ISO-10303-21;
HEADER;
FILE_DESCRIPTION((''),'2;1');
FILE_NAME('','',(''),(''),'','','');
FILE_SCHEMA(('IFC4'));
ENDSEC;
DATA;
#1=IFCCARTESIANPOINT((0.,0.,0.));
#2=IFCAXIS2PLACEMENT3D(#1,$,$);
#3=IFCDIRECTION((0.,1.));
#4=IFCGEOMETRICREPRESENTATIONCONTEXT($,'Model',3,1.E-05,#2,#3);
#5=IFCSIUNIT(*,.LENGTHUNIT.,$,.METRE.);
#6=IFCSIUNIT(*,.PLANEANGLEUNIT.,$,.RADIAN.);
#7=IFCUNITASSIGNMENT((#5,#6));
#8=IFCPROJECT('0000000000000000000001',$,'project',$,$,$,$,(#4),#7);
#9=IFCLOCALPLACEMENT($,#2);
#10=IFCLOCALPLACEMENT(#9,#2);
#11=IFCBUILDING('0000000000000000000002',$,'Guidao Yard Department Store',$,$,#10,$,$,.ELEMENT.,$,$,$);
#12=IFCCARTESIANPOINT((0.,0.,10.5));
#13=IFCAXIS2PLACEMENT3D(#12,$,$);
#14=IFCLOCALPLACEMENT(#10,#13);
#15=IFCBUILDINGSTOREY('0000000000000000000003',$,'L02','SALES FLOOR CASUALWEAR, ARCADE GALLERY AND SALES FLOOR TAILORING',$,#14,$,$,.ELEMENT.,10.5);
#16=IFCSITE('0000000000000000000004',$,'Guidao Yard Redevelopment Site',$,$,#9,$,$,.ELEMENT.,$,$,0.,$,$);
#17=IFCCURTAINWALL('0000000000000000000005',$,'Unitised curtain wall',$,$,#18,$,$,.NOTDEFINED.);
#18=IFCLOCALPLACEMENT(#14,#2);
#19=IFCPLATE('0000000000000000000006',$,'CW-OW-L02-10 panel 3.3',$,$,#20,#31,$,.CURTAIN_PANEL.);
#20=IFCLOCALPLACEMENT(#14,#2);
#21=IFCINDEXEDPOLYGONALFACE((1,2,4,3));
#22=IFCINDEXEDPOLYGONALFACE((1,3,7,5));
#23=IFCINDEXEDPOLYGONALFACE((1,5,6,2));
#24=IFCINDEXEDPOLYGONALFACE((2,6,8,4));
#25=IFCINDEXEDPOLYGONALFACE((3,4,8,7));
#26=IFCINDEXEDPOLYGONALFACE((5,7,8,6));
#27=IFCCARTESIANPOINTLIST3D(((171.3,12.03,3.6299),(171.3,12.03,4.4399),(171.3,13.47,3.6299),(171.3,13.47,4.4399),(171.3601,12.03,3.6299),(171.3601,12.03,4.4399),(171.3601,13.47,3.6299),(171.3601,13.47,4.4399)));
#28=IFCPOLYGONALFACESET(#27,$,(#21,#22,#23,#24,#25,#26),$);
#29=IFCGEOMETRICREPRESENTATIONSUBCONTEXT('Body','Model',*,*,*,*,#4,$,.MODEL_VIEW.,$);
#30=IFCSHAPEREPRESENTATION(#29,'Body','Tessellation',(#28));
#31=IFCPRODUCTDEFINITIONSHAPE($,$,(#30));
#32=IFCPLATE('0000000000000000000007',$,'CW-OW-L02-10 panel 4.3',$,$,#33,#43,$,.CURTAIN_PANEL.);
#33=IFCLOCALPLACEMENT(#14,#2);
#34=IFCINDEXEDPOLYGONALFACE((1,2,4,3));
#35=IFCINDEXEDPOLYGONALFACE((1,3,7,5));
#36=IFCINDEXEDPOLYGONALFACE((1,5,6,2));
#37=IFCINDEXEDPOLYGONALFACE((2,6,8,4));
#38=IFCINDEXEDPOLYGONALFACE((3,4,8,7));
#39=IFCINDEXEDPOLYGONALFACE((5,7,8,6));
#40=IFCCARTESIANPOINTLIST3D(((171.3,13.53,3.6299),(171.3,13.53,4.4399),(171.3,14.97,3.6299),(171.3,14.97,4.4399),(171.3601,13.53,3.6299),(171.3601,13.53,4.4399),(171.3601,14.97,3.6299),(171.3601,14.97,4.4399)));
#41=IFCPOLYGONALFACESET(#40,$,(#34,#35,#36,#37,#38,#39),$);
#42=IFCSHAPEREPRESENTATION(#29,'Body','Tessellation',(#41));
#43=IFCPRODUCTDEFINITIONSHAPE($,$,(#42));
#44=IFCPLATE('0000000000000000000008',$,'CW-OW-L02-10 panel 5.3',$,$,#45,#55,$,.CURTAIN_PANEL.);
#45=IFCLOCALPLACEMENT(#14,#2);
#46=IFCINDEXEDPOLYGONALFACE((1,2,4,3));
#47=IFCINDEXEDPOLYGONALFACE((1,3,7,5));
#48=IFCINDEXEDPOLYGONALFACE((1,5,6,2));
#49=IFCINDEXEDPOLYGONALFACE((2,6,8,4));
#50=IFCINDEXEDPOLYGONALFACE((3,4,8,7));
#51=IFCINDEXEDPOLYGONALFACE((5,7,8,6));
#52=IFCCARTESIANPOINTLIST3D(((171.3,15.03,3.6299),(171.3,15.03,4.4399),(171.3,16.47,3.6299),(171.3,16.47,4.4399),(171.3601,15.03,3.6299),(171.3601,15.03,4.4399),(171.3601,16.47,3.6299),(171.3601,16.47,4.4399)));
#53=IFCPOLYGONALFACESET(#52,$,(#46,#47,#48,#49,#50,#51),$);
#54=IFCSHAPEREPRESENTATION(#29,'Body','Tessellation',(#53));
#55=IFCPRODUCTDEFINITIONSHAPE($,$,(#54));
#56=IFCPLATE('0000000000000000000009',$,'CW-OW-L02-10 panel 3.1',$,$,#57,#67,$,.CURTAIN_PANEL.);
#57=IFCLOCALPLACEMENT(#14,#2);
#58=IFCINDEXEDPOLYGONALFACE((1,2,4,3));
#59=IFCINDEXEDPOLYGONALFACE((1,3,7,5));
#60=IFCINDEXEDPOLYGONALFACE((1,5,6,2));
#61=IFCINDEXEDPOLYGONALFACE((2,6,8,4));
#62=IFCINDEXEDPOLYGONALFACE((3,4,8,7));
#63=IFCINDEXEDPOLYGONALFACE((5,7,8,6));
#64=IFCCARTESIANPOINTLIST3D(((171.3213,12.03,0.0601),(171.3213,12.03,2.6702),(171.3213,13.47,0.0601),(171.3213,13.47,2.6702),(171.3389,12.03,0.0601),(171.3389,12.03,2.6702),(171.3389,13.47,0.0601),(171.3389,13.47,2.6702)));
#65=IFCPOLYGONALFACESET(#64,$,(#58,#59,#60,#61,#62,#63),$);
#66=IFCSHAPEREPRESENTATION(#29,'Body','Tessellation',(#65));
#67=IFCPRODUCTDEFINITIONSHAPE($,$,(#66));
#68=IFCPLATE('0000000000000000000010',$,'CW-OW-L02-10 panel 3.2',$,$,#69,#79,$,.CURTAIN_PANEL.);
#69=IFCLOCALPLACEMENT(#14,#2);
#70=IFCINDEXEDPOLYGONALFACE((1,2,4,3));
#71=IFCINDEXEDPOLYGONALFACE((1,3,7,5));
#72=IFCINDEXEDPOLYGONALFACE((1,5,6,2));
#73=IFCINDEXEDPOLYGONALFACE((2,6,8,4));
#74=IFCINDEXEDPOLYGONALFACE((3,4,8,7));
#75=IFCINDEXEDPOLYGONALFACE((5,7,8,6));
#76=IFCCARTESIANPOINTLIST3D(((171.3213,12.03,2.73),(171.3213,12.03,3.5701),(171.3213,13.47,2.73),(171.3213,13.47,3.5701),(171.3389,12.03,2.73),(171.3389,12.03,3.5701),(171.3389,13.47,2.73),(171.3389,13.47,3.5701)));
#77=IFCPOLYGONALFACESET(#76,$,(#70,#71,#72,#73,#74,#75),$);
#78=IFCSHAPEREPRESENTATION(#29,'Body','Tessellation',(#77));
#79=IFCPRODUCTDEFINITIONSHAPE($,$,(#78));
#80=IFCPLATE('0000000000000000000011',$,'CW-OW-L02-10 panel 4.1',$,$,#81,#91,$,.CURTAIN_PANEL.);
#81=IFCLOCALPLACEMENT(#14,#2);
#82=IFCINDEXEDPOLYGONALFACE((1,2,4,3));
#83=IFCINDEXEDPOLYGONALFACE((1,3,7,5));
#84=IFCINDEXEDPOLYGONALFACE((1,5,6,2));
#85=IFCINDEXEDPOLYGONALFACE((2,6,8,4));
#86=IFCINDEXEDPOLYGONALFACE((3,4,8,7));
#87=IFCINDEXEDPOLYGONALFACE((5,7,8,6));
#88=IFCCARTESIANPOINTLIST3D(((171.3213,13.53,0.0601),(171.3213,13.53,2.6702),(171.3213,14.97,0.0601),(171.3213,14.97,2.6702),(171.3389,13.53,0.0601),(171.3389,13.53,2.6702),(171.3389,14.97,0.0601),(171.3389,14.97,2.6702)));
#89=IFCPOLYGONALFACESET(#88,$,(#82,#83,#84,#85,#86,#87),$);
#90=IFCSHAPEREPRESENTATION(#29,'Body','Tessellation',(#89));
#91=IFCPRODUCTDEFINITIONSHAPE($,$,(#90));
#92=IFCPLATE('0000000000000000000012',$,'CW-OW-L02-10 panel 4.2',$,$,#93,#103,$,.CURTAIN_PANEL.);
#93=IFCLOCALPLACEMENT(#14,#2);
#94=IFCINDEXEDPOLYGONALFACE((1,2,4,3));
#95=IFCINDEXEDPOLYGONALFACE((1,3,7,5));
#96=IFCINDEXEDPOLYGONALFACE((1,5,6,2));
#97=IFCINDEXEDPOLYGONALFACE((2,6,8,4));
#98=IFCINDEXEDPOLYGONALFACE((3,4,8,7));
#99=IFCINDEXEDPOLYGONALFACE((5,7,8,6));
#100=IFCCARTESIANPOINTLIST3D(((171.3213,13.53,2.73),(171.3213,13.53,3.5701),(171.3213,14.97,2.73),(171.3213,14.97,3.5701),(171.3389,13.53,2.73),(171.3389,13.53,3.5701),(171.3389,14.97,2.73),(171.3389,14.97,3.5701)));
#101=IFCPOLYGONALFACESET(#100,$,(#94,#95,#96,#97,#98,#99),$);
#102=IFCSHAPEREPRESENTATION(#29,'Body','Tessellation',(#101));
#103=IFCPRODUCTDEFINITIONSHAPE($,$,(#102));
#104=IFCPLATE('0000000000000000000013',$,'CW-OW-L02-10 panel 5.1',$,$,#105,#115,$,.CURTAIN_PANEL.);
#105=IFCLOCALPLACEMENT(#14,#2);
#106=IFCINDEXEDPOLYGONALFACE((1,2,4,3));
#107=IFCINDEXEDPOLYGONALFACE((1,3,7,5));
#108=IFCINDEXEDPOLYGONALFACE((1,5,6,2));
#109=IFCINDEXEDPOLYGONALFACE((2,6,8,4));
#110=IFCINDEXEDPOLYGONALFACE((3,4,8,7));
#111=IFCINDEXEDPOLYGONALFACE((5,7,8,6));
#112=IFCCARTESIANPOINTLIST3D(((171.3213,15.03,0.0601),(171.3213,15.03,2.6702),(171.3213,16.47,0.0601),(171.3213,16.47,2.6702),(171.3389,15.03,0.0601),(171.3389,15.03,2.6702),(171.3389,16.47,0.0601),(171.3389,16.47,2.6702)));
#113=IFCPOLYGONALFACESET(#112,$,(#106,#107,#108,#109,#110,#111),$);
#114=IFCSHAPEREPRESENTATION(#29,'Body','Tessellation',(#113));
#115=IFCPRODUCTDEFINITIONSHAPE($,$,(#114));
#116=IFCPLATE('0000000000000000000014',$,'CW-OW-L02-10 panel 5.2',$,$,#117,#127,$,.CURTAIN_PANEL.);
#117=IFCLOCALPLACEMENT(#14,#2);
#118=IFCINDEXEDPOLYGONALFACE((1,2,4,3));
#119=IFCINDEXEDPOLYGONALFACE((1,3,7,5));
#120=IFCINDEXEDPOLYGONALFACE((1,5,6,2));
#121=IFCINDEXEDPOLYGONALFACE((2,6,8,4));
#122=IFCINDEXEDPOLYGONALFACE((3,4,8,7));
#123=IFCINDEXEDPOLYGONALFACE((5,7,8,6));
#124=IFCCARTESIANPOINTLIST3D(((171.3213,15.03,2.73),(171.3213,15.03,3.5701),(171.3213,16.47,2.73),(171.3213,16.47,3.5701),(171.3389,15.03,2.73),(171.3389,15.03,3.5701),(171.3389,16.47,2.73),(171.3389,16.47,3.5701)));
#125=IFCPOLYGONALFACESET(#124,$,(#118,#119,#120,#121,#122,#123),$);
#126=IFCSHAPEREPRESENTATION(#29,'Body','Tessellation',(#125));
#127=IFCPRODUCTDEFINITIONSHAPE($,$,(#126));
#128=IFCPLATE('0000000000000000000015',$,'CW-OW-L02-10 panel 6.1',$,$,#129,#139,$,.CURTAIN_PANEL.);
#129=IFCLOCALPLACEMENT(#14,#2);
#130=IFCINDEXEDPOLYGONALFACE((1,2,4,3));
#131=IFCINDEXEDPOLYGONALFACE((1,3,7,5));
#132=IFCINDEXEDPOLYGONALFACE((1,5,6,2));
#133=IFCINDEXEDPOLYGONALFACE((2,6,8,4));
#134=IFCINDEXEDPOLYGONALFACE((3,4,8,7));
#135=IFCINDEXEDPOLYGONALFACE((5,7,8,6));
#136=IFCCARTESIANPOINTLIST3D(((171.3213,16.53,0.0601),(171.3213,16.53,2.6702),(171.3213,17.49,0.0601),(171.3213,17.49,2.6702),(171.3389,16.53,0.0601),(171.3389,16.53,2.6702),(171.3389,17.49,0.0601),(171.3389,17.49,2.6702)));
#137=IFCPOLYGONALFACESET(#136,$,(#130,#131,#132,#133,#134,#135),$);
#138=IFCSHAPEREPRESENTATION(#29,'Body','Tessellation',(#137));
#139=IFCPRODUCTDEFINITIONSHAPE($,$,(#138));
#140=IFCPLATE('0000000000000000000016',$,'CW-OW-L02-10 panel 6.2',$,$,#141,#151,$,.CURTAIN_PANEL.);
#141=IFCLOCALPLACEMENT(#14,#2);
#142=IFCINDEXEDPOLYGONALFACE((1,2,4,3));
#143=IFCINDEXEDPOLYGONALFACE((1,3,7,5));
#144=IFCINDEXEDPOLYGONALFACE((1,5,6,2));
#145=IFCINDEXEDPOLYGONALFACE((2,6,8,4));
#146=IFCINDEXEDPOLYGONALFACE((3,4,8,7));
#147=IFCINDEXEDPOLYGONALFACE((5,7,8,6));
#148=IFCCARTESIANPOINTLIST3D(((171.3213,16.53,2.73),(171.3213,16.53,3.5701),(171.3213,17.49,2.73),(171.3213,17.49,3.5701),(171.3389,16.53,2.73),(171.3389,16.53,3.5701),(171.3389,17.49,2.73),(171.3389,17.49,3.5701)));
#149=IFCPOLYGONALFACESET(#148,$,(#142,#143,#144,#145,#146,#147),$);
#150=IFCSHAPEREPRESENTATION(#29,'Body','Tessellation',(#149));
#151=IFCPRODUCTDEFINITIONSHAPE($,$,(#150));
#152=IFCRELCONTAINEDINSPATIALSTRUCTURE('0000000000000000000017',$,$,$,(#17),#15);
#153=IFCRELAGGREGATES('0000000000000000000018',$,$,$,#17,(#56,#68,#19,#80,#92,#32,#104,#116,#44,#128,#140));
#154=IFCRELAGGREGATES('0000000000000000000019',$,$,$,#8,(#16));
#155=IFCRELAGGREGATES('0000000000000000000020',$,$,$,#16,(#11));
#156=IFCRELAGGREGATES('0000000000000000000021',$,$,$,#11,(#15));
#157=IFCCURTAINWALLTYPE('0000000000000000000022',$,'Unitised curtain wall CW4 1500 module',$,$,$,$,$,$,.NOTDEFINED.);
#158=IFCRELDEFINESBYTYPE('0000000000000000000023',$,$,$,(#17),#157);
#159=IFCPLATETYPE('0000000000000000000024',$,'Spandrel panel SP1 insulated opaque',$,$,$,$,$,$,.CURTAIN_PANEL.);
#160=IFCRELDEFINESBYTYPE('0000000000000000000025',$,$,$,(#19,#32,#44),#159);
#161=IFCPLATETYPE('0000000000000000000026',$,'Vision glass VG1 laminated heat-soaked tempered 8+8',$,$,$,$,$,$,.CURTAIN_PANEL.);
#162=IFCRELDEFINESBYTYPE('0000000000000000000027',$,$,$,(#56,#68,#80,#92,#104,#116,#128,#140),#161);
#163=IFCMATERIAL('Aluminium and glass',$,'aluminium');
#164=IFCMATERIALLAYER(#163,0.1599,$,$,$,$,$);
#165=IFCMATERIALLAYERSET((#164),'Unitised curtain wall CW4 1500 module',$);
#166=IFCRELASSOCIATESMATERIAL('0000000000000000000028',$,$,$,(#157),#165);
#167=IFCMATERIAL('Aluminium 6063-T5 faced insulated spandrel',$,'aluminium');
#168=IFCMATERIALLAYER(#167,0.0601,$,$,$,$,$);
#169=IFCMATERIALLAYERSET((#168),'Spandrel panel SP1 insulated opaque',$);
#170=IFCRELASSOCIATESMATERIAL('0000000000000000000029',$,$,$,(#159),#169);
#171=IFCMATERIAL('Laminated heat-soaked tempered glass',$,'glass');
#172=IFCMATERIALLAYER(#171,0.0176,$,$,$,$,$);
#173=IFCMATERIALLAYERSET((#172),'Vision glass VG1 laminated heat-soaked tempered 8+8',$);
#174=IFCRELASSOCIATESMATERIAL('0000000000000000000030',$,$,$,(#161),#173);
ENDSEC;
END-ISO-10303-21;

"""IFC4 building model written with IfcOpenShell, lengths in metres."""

from ifc_helpers import new_model, si_unit, direction, frame, origin, origin_2d, place, context, subcontext, project, spatial, rectangle, extrude, material, layer, layer_set, type_object, element, aggregate, save


model = new_model("IFC4")

# Units and contexts
model_context = context("Model", 3, precision=1e-05, world=origin(), true_north=direction((0.0, 1.0)))
body_context = subcontext(model_context, "Body", "Model", "MODEL_VIEW")
ifc_project = project(units=[si_unit("LENGTHUNIT", "METRE"), si_unit("PLANEANGLEUNIT", "RADIAN")], contexts=[model_context])

# Site, building, storey
site_placement = place(None, origin())
site = spatial("IfcSite", under=ifc_project, at=site_placement, Name="Guidao Yard Redevelopment Site", CompositionType="ELEMENT", RefElevation=0.0)
building_placement = place(site_placement, origin())
building = spatial("IfcBuilding", under=site, at=building_placement, Name="Guidao Yard Department Store", CompositionType="ELEMENT")
storey_placement = place(building_placement, frame((0.0, 0.0, 10.5)))
storey = spatial("IfcBuildingStorey", under=building, at=storey_placement, Name="L02", Description="SALES FLOOR CASUALWEAR, ARCADE GALLERY AND SALES FLOOR TAILORING", CompositionType="ELEMENT", Elevation=10.5)

# Curtain wall, plates
ifc_material_1 = material(Name="Aluminium and glass", Category="aluminium")
ifc_layer_1 = layer(ifc_material_1, 0.1599)
ifc_layer_set_1 = layer_set([ifc_layer_1], Name="Unitised curtain wall CW4 1500 module")
curtain_wall_type = type_object("IfcCurtainWallType", Name="Unitised curtain wall CW4 1500 module", PredefinedType="NOTDEFINED", material=ifc_layer_set_1)
curtain_wall_placement = place(storey_placement, origin())
curtain_wall = element("IfcCurtainWall", 1, at=curtain_wall_placement, inside=storey, type_object=curtain_wall_type, Name="Unitised curtain wall", PredefinedType="NOTDEFINED")
ifc_material_2 = material(Name="Aluminium 6063-T5 faced insulated spandrel", Category="aluminium")
ifc_layer_2 = layer(ifc_material_2, 0.0601)
ifc_layer_set_2 = layer_set([ifc_layer_2], Name="Spandrel panel SP1 insulated opaque")
plate_type_1 = type_object("IfcPlateType", Name="Spandrel panel SP1 insulated opaque", PredefinedType="CURTAIN_PANEL", material=ifc_layer_set_2)
plate_1_placement = place(storey_placement, frame((171.3301, 12.75, 3.6299), z_axis=(0.0, 0.0, 1.0), x_axis=(0.0, -1.0, 0.0)))
plate_1 = element("IfcPlate", 2, at=plate_1_placement, type_object=plate_type_1, Name="CW-OW-L02-10 panel 3.3", PredefinedType="CURTAIN_PANEL", context=body_context, shape_type="SweptSolid", body=[
    extrude(rectangle(XDim=1.4399, YDim=0.0601, at=origin_2d()), origin(), (0.0, 0.0, 1.0), 0.8101),
])
plate_2_placement = place(storey_placement, frame((171.3301, 14.25, 3.6299), z_axis=(0.0, 0.0, 1.0), x_axis=(0.0, -1.0, 0.0)))
plate_2 = element("IfcPlate", 3, at=plate_2_placement, type_object=plate_type_1, Name="CW-OW-L02-10 panel 4.3", PredefinedType="CURTAIN_PANEL", context=body_context, shape_type="SweptSolid", body=[
    extrude(rectangle(XDim=1.4399, YDim=0.0601, at=origin_2d()), origin(), (0.0, 0.0, 1.0), 0.8101),
])
plate_3_placement = place(storey_placement, frame((171.3301, 15.75, 3.6299), z_axis=(0.0, 0.0, 1.0), x_axis=(0.0, -1.0, 0.0)))
plate_3 = element("IfcPlate", 4, at=plate_3_placement, type_object=plate_type_1, Name="CW-OW-L02-10 panel 5.3", PredefinedType="CURTAIN_PANEL", context=body_context, shape_type="SweptSolid", body=[
    extrude(rectangle(XDim=1.4399, YDim=0.0601, at=origin_2d()), origin(), (0.0, 0.0, 1.0), 0.8101),
])
ifc_material_3 = material(Name="Laminated heat-soaked tempered glass", Category="glass")
ifc_layer_3 = layer(ifc_material_3, 0.0176)
ifc_layer_set_3 = layer_set([ifc_layer_3], Name="Vision glass VG1 laminated heat-soaked tempered 8+8")
plate_type_2 = type_object("IfcPlateType", Name="Vision glass VG1 laminated heat-soaked tempered 8+8", PredefinedType="CURTAIN_PANEL", material=ifc_layer_set_3)
plate_4_placement = place(storey_placement, frame((171.3301, 12.75, 0.0601), z_axis=(0.0, 0.0, 1.0), x_axis=(0.0, -1.0, 0.0)))
plate_4 = element("IfcPlate", 5, at=plate_4_placement, type_object=plate_type_2, Name="CW-OW-L02-10 panel 3.1", PredefinedType="CURTAIN_PANEL", context=body_context, shape_type="SweptSolid", body=[
    extrude(rectangle(XDim=1.4399, YDim=0.0176, at=origin_2d()), origin(), (0.0, 0.0, 1.0), 2.6101),
])
plate_5_placement = place(storey_placement, frame((171.3301, 12.75, 2.73), z_axis=(0.0, 0.0, 1.0), x_axis=(0.0, -1.0, 0.0)))
plate_5 = element("IfcPlate", 6, at=plate_5_placement, type_object=plate_type_2, Name="CW-OW-L02-10 panel 3.2", PredefinedType="CURTAIN_PANEL", context=body_context, shape_type="SweptSolid", body=[
    extrude(rectangle(XDim=1.4399, YDim=0.0176, at=origin_2d()), origin(), (0.0, 0.0, 1.0), 0.8401),
])
plate_6_placement = place(storey_placement, frame((171.3301, 14.25, 0.0601), z_axis=(0.0, 0.0, 1.0), x_axis=(0.0, -1.0, 0.0)))
plate_6 = element("IfcPlate", 7, at=plate_6_placement, type_object=plate_type_2, Name="CW-OW-L02-10 panel 4.1", PredefinedType="CURTAIN_PANEL", context=body_context, shape_type="SweptSolid", body=[
    extrude(rectangle(XDim=1.4399, YDim=0.0176, at=origin_2d()), origin(), (0.0, 0.0, 1.0), 2.6101),
])
plate_7_placement = place(storey_placement, frame((171.3301, 14.25, 2.73), z_axis=(0.0, 0.0, 1.0), x_axis=(0.0, -1.0, 0.0)))
plate_7 = element("IfcPlate", 8, at=plate_7_placement, type_object=plate_type_2, Name="CW-OW-L02-10 panel 4.2", PredefinedType="CURTAIN_PANEL", context=body_context, shape_type="SweptSolid", body=[
    extrude(rectangle(XDim=1.4399, YDim=0.0176, at=origin_2d()), origin(), (0.0, 0.0, 1.0), 0.8401),
])
plate_8_placement = place(storey_placement, frame((171.3301, 15.75, 0.0601), z_axis=(0.0, 0.0, 1.0), x_axis=(0.0, -1.0, 0.0)))
plate_8 = element("IfcPlate", 9, at=plate_8_placement, type_object=plate_type_2, Name="CW-OW-L02-10 panel 5.1", PredefinedType="CURTAIN_PANEL", context=body_context, shape_type="SweptSolid", body=[
    extrude(rectangle(XDim=1.4399, YDim=0.0176, at=origin_2d()), origin(), (0.0, 0.0, 1.0), 2.6101),
])
plate_9_placement = place(storey_placement, frame((171.3301, 15.75, 2.73), z_axis=(0.0, 0.0, 1.0), x_axis=(0.0, -1.0, 0.0)))
plate_9 = element("IfcPlate", 10, at=plate_9_placement, type_object=plate_type_2, Name="CW-OW-L02-10 panel 5.2", PredefinedType="CURTAIN_PANEL", context=body_context, shape_type="SweptSolid", body=[
    extrude(rectangle(XDim=1.4399, YDim=0.0176, at=origin_2d()), origin(), (0.0, 0.0, 1.0), 0.8401),
])
plate_10_placement = place(storey_placement, frame((171.3301, 17.01, 0.0601), z_axis=(0.0, 0.0, 1.0), x_axis=(0.0, -1.0, 0.0)))
plate_10 = element("IfcPlate", 11, at=plate_10_placement, type_object=plate_type_2, Name="CW-OW-L02-10 panel 6.1", PredefinedType="CURTAIN_PANEL", context=body_context, shape_type="SweptSolid", body=[
    extrude(rectangle(XDim=0.96, YDim=0.0176, at=origin_2d()), origin(), (0.0, 0.0, 1.0), 2.6101),
])
plate_11_placement = place(storey_placement, frame((171.3301, 17.01, 2.73), z_axis=(0.0, 0.0, 1.0), x_axis=(0.0, -1.0, 0.0)))
plate_11 = element("IfcPlate", 12, at=plate_11_placement, type_object=plate_type_2, Name="CW-OW-L02-10 panel 6.2", PredefinedType="CURTAIN_PANEL", context=body_context, shape_type="SweptSolid", body=[
    extrude(rectangle(XDim=0.96, YDim=0.0176, at=origin_2d()), origin(), (0.0, 0.0, 1.0), 0.8401),
])
aggregate(curtain_wall, [plate_4, plate_5, plate_1, plate_6, plate_7, plate_2, plate_8, plate_9, plate_3, plate_10, plate_11])

save(model, "model.ifc")
